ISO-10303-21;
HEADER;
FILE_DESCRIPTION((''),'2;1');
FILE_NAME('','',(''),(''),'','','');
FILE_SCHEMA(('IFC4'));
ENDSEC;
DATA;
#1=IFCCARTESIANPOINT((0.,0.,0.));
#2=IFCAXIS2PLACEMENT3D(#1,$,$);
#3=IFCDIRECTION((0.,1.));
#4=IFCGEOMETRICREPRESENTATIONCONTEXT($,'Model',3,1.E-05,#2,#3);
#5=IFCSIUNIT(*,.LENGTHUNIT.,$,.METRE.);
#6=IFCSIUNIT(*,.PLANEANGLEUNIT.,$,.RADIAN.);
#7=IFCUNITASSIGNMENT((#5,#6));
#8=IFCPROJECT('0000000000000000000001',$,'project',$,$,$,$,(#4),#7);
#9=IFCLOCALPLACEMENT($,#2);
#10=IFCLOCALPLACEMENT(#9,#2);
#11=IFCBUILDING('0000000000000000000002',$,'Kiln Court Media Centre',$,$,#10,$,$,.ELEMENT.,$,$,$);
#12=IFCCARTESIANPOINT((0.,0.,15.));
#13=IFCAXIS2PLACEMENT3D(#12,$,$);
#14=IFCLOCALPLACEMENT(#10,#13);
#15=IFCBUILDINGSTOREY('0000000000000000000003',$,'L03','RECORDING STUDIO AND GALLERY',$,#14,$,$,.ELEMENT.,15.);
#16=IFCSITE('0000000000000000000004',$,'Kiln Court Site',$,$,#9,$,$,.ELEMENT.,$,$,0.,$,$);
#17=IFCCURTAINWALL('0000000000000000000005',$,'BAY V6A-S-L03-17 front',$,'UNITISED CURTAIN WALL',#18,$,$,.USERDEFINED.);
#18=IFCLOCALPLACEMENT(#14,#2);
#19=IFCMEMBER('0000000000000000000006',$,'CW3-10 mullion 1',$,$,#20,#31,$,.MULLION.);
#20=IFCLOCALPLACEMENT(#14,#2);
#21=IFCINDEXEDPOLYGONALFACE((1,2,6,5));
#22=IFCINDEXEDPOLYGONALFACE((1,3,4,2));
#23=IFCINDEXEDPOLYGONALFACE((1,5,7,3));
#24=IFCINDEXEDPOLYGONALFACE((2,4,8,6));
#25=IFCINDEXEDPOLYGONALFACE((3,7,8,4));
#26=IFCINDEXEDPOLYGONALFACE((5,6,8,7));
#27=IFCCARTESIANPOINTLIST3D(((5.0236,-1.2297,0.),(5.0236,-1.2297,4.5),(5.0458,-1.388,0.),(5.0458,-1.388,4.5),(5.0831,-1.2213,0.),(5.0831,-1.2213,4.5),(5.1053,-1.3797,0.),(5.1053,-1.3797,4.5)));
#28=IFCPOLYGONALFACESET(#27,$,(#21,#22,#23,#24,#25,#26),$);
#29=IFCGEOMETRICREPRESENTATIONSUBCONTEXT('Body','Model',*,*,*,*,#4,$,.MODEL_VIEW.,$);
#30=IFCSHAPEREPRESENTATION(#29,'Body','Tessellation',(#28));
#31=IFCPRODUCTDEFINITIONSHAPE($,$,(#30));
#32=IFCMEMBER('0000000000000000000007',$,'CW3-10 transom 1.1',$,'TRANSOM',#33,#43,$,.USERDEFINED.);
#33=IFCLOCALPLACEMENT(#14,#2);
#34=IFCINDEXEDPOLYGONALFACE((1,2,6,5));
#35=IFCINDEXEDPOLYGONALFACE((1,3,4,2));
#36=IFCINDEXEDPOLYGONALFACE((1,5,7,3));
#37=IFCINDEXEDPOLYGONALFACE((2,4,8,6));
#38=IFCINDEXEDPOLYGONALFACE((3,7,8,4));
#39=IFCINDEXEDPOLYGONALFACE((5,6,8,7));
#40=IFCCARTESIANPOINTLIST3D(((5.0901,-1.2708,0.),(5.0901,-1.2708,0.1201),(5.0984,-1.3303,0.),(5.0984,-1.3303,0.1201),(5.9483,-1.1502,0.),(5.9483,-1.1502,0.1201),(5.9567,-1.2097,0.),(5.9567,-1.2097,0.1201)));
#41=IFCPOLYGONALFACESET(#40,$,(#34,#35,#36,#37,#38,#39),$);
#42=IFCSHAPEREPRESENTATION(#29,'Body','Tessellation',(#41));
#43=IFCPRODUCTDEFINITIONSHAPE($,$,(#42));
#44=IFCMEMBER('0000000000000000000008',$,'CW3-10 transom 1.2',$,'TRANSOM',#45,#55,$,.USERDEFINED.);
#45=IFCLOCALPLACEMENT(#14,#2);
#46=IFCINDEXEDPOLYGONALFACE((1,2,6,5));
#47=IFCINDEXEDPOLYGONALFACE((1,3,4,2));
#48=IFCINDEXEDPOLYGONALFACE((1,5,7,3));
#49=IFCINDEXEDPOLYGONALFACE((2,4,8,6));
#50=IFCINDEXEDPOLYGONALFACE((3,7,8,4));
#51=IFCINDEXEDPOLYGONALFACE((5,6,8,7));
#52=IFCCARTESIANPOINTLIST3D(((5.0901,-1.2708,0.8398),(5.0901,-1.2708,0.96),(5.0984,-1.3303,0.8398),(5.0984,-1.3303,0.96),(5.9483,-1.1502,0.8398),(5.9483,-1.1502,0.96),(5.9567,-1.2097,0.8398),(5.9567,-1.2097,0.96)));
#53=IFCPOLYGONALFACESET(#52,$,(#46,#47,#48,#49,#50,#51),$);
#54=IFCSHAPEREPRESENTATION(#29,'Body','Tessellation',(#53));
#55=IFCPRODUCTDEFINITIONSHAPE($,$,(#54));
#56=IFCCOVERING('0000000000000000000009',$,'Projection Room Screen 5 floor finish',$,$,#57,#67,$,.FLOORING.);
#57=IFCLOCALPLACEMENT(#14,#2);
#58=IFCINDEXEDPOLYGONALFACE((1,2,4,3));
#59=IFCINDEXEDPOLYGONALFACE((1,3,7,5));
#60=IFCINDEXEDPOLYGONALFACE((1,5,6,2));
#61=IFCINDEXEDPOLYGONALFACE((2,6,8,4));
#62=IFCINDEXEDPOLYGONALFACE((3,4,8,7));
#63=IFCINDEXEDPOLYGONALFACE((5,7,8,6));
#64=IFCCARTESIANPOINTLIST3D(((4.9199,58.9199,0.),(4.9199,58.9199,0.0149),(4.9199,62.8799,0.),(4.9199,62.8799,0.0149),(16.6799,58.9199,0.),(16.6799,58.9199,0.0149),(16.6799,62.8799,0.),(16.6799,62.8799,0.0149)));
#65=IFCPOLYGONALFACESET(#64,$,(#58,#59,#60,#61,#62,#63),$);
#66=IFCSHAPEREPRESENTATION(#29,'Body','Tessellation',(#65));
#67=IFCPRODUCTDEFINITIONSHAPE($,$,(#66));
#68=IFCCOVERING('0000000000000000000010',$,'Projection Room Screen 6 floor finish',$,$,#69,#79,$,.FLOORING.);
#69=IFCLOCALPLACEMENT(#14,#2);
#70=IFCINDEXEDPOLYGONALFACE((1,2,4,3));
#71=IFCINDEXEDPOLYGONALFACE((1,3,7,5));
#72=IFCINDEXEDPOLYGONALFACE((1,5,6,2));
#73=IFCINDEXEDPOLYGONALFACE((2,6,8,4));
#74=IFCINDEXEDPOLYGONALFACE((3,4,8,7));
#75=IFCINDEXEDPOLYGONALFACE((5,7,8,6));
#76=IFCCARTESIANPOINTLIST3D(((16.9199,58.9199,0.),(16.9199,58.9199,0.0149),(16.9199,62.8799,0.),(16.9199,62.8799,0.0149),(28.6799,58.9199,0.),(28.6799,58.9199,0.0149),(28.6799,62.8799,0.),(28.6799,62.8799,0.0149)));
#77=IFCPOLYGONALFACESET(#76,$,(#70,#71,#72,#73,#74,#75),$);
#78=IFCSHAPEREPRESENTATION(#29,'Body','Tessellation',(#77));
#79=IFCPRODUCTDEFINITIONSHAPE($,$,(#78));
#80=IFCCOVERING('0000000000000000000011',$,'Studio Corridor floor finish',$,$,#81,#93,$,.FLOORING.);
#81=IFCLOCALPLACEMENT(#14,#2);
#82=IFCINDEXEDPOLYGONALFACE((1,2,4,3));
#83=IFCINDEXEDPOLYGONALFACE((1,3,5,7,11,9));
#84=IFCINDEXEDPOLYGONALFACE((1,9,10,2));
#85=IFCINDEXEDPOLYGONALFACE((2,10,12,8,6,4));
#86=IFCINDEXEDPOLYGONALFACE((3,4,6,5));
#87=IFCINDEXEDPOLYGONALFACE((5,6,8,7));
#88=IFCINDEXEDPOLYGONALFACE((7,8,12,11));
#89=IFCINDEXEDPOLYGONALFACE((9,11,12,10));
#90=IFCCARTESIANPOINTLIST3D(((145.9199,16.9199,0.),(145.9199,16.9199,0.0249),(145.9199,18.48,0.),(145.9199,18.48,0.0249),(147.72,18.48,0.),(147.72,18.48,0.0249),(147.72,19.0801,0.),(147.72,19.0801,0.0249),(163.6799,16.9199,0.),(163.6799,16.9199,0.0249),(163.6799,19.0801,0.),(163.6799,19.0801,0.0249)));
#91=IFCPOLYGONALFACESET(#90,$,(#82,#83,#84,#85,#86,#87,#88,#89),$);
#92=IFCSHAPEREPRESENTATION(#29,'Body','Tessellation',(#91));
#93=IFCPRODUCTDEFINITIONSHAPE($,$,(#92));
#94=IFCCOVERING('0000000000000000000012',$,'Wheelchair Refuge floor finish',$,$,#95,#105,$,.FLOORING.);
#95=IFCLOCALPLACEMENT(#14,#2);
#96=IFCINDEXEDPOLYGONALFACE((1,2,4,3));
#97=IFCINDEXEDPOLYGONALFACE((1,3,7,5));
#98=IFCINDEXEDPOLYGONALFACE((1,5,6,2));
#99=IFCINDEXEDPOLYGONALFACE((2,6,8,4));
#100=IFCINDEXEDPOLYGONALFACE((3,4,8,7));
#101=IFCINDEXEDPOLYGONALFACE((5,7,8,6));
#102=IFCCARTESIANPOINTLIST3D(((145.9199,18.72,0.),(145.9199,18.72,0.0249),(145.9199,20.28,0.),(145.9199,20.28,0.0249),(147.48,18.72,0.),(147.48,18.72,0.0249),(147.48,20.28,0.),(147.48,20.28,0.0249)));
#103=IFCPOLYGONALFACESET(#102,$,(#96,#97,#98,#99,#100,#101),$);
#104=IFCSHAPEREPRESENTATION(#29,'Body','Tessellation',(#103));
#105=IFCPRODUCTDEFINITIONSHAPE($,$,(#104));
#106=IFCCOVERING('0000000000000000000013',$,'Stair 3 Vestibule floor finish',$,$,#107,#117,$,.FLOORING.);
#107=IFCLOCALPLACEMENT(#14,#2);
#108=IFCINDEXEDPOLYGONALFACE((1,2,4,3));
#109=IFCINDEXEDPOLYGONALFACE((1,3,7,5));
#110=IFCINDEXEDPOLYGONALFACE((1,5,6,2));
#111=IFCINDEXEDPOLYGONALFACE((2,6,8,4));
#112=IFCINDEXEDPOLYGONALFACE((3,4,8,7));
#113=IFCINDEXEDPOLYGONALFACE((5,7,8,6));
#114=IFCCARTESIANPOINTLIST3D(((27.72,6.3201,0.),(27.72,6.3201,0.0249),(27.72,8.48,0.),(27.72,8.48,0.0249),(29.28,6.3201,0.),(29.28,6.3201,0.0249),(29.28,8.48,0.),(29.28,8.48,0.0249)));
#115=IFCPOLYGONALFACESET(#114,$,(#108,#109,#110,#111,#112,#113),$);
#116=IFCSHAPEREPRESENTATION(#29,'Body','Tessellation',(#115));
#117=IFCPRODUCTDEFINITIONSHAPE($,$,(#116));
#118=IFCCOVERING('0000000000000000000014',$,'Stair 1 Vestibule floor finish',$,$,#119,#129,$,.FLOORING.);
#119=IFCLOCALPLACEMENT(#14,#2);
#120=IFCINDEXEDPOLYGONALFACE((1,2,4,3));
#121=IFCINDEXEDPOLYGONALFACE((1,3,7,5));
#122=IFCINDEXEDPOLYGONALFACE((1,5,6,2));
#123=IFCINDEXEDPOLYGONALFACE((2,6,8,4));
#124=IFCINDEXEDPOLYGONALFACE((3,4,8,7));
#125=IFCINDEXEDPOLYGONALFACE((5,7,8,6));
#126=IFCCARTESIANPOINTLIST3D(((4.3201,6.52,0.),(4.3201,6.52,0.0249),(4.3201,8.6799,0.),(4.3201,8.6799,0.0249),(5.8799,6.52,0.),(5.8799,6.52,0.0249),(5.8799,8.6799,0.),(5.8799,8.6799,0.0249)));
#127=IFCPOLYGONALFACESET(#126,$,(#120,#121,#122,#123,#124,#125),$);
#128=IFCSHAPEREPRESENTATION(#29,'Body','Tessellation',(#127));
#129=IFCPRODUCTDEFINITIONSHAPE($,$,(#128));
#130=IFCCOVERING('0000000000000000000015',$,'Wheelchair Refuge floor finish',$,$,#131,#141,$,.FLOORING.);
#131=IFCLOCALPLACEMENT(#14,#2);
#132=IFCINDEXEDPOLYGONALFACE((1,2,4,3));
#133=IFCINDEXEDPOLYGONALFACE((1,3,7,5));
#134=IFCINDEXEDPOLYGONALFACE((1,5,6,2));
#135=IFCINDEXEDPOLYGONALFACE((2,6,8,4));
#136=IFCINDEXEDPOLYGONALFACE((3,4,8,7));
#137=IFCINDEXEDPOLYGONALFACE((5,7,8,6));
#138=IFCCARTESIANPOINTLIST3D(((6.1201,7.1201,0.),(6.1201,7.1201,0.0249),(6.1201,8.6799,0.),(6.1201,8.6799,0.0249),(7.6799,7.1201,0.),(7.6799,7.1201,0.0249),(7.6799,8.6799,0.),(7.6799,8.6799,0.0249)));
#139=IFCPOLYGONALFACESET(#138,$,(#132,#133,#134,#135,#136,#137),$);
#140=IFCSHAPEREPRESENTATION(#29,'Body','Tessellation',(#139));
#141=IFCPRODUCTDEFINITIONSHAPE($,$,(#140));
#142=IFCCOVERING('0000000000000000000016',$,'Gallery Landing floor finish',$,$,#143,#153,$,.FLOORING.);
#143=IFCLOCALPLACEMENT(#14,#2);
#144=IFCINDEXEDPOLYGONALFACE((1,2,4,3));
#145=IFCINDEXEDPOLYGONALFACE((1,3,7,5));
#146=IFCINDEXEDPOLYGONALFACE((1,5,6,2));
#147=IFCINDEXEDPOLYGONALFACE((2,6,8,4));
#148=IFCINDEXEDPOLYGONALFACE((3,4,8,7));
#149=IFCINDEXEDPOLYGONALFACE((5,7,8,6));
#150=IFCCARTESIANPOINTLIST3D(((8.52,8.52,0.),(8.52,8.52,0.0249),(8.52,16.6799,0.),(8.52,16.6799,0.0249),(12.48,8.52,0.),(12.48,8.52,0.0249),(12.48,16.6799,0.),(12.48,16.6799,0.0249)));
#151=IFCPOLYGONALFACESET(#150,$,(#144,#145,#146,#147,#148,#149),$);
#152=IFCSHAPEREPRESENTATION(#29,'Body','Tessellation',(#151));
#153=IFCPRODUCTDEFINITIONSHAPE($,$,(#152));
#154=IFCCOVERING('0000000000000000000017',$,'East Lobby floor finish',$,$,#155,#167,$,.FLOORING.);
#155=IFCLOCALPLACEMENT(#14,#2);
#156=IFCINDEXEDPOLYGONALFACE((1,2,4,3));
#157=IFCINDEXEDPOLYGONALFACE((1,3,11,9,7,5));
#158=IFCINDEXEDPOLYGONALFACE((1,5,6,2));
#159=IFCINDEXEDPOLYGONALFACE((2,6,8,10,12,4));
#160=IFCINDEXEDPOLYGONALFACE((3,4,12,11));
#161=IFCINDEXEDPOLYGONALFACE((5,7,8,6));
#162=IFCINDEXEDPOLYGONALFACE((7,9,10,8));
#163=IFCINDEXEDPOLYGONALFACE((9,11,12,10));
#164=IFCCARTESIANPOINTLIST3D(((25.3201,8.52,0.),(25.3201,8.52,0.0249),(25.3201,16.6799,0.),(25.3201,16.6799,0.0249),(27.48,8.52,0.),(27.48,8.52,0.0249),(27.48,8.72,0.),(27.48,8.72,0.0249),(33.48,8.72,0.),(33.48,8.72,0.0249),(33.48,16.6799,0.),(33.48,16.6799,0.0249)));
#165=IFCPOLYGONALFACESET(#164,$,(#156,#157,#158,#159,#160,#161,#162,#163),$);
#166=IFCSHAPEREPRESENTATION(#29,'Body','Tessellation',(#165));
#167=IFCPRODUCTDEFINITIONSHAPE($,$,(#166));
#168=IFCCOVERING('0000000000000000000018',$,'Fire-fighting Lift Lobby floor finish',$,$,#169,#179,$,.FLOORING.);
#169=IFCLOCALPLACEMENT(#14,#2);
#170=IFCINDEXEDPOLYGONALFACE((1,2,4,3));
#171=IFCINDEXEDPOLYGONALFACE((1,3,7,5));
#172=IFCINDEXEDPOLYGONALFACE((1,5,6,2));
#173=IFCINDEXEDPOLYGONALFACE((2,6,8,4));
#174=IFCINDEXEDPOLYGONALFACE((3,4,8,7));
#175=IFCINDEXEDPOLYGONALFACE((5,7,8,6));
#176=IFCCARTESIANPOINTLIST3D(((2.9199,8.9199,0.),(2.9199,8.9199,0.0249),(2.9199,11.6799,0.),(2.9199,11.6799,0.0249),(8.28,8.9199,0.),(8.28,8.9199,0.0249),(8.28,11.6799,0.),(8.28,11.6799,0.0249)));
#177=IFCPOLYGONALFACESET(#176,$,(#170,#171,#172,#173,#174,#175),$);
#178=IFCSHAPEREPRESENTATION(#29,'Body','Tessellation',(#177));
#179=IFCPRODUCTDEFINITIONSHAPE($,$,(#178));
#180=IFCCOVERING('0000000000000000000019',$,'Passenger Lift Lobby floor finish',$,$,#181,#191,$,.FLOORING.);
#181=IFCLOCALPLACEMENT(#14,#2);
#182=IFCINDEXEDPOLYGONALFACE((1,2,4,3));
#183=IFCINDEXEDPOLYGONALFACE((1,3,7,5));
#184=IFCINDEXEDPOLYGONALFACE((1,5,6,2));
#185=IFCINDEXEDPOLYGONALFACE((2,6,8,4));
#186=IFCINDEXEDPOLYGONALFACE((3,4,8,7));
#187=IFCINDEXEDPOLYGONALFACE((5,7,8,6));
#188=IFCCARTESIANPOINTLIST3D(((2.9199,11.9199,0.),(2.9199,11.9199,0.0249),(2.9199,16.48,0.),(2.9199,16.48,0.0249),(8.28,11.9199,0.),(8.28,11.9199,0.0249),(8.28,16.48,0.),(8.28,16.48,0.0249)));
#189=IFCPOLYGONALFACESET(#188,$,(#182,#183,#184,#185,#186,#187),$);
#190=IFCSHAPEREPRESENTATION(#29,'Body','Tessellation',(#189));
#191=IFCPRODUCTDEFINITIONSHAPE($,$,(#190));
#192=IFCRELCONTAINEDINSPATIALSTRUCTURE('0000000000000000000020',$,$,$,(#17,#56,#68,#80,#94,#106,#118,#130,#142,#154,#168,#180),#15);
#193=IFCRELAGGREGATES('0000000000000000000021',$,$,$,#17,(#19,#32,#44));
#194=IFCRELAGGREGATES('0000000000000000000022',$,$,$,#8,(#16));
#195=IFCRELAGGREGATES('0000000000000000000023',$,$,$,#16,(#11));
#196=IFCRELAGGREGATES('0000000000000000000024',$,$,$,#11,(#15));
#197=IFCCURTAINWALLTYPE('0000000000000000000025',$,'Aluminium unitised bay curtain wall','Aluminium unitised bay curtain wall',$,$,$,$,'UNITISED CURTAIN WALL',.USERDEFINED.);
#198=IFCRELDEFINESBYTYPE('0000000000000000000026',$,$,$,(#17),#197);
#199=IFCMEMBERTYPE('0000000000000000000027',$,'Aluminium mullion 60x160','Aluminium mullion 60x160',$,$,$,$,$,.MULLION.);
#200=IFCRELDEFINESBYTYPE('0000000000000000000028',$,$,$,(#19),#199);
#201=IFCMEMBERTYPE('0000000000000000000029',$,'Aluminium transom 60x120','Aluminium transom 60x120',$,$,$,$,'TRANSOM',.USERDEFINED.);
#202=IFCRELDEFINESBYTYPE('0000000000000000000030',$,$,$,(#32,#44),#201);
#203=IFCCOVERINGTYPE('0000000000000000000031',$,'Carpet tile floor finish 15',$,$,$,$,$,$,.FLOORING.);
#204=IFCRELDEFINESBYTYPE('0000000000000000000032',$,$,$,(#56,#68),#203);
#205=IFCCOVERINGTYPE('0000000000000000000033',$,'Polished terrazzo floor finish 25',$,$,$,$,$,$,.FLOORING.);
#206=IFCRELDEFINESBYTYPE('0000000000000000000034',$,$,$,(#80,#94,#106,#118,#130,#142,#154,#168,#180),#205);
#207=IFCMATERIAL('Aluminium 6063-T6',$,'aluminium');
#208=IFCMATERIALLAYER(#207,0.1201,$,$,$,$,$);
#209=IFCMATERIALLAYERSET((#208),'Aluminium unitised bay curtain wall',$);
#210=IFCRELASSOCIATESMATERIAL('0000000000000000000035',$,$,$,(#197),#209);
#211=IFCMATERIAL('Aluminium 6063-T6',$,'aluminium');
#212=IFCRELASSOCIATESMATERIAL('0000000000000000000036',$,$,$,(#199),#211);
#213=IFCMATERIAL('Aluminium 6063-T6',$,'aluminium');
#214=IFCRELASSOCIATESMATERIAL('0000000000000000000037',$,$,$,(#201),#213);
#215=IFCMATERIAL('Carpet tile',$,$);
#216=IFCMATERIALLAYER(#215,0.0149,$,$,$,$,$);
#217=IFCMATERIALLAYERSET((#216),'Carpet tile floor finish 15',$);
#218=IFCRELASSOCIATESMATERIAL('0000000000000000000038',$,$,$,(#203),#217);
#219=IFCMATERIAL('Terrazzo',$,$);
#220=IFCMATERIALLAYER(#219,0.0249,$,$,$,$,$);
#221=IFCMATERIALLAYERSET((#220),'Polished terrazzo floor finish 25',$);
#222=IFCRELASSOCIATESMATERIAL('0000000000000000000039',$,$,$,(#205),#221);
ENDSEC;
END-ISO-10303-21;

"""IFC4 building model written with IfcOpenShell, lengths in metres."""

from ifc_helpers import new_model, si_unit, direction, frame, origin, origin_2d, place, context, subcontext, project, spatial, polyline, rectangle, outline, extrude, material, layer, layer_set, material_profile, profile_set, type_object, element, aggregate, save


model = new_model("IFC4")

# Units and contexts
model_context = context("Model", 3, precision=1e-05, world=origin(), true_north=direction((0.0, 1.0)))
body_context = subcontext(model_context, "Body", "Model", "MODEL_VIEW")
ifc_project = project(units=[si_unit("LENGTHUNIT", "METRE"), si_unit("PLANEANGLEUNIT", "RADIAN")], contexts=[model_context])

# Site, building, storey
site_placement = place(None, origin())
site = spatial("IfcSite", under=ifc_project, at=site_placement, Name="Kiln Court Site", CompositionType="ELEMENT", RefElevation=0.0)
building_placement = place(site_placement, origin())
building = spatial("IfcBuilding", under=site, at=building_placement, Name="Kiln Court Media Centre", CompositionType="ELEMENT")
storey_placement = place(building_placement, frame((0.0, 0.0, 15.0)))
storey = spatial("IfcBuildingStorey", under=building, at=storey_placement, Name="L03", Description="RECORDING STUDIO AND GALLERY", CompositionType="ELEMENT", Elevation=15.0)

# Curtain wall, members
ifc_material_1 = material(Name="Aluminium 6063-T6", Category="aluminium")
ifc_layer_1 = layer(ifc_material_1, 0.1201)
ifc_layer_set_1 = layer_set([ifc_layer_1], Name="Aluminium unitised bay curtain wall")
curtain_wall_type = type_object("IfcCurtainWallType", Name="Aluminium unitised bay curtain wall", Description="Aluminium unitised bay curtain wall", ElementType="UNITISED CURTAIN WALL", PredefinedType="USERDEFINED", material=ifc_layer_set_1)
curtain_wall_placement = place(storey_placement, origin())
curtain_wall = element("IfcCurtainWall", 1, at=curtain_wall_placement, inside=storey, type_object=curtain_wall_type, Name="BAY V6A-S-L03-17 front", ObjectType="UNITISED CURTAIN WALL", PredefinedType="USERDEFINED")
ifc_material_2 = material(Name="Aluminium 6063-T6", Category="aluminium")
ifc_material_profile_1 = material_profile(ifc_material_2, rectangle(XDim=0.0601, YDim=0.1599, at=origin_2d()), Name="Aluminium mullion 60x160")
ifc_profile_set_1 = profile_set([ifc_material_profile_1], Name="Aluminium 6063-T6")
member_type_1 = type_object("IfcMemberType", Name="Aluminium mullion 60x160", Description="Aluminium mullion 60x160", PredefinedType="MULLION", material=ifc_profile_set_1)
member_1_placement = place(storey_placement, frame((5.0645, -1.3047, 0.0), z_axis=(0.0, 0.0, 1.0), x_axis=(0.99027, 0.139162, 0.0)))
member_1 = element("IfcMember", 2, at=member_1_placement, type_object=member_type_1, Name="CW3-10 mullion 1", PredefinedType="MULLION", context=body_context, shape_type="SweptSolid", body=[
    extrude(rectangle(XDim=0.0601, YDim=0.1599, at=origin_2d()), origin(), (0.0, 0.0, 1.0), 4.5),
])
ifc_material_3 = material(Name="Aluminium 6063-T6", Category="aluminium")
ifc_material_profile_2 = material_profile(ifc_material_3, rectangle(XDim=0.0601, YDim=0.1201, at=origin_2d()), Name="Aluminium transom 60x120")
ifc_profile_set_2 = profile_set([ifc_material_profile_2], Name="Aluminium 6063-T6")
member_type_2 = type_object("IfcMemberType", Name="Aluminium transom 60x120", Description="Aluminium transom 60x120", ElementType="TRANSOM", PredefinedType="USERDEFINED", material=ifc_profile_set_2)
member_2_placement = place(storey_placement, frame((5.0942, -1.3005, 0.0601), z_axis=(0.990268, 0.139173, 0.0), x_axis=(-0.139173, 0.990268, 0.0)))
member_2 = element("IfcMember", 3, at=member_2_placement, type_object=member_type_2, Name="CW3-10 transom 1.1", ObjectType="TRANSOM", PredefinedType="USERDEFINED", context=body_context, shape_type="SweptSolid", body=[
    extrude(rectangle(XDim=0.0601, YDim=0.1201, at=origin_2d()), origin(), (0.0, 0.0, 1.0), 0.8667),
])
member_3_placement = place(storey_placement, frame((5.0942, -1.3005, 0.8999), z_axis=(0.990268, 0.139173, 0.0), x_axis=(-0.139173, 0.990268, 0.0)))
member_3 = element("IfcMember", 4, at=member_3_placement, type_object=member_type_2, Name="CW3-10 transom 1.2", ObjectType="TRANSOM", PredefinedType="USERDEFINED", context=body_context, shape_type="SweptSolid", body=[
    extrude(rectangle(XDim=0.0601, YDim=0.1201, at=origin_2d()), origin(), (0.0, 0.0, 1.0), 0.8667),
])
aggregate(curtain_wall, [member_1, member_2, member_3])

# Coverings
ifc_material_4 = material(Name="Carpet tile")
ifc_layer_2 = layer(ifc_material_4, 0.0149)
ifc_layer_set_2 = layer_set([ifc_layer_2], Name="Carpet tile floor finish 15")
covering_type_1 = type_object("IfcCoveringType", Name="Carpet tile floor finish 15", PredefinedType="FLOORING", material=ifc_layer_set_2)
covering_1_placement = place(storey_placement, origin())
element("IfcCovering", 5, at=covering_1_placement, inside=storey, type_object=covering_type_1, Name="Projection Room Screen 5 floor finish", PredefinedType="FLOORING", context=body_context, shape_type="SweptSolid", body=[
    extrude(outline(polyline([(16.6799, 62.8799), (4.9199, 62.8799), (4.9199, 58.9199), (16.6799, 58.9199), (16.6799, 62.8799)])), origin(), (0.0, 0.0, 1.0), 0.0149),
])
covering_2_placement = place(storey_placement, origin())
element("IfcCovering", 6, at=covering_2_placement, inside=storey, type_object=covering_type_1, Name="Projection Room Screen 6 floor finish", PredefinedType="FLOORING", context=body_context, shape_type="SweptSolid", body=[
    extrude(outline(polyline([(16.9199, 58.9199), (28.6799, 58.9199), (28.6799, 62.8799), (16.9199, 62.8799), (16.9199, 58.9199)])), origin(), (0.0, 0.0, 1.0), 0.0149),
])
ifc_material_5 = material(Name="Terrazzo")
ifc_layer_3 = layer(ifc_material_5, 0.0249)
ifc_layer_set_3 = layer_set([ifc_layer_3], Name="Polished terrazzo floor finish 25")
covering_type_2 = type_object("IfcCoveringType", Name="Polished terrazzo floor finish 25", PredefinedType="FLOORING", material=ifc_layer_set_3)
covering_3_placement = place(storey_placement, origin())
element("IfcCovering", 7, at=covering_3_placement, inside=storey, type_object=covering_type_2, Name="Studio Corridor floor finish", PredefinedType="FLOORING", context=body_context, shape_type="SweptSolid", body=[
    extrude(outline(polyline([(163.6799, 19.0801), (147.72, 19.0801), (147.72, 18.48), (145.9199, 18.48), (145.9199, 16.9199), (163.6799, 16.9199), (163.6799, 19.0801)])), origin(), (0.0, 0.0, 1.0), 0.0249),
])
covering_4_placement = place(storey_placement, origin())
element("IfcCovering", 8, at=covering_4_placement, inside=storey, type_object=covering_type_2, Name="Wheelchair Refuge floor finish", PredefinedType="FLOORING", context=body_context, shape_type="SweptSolid", body=[
    extrude(outline(polyline([(145.9199, 18.72), (147.48, 18.72), (147.48, 20.28), (145.9199, 20.28), (145.9199, 18.72)])), origin(), (0.0, 0.0, 1.0), 0.0249),
])
covering_5_placement = place(storey_placement, origin())
element("IfcCovering", 9, at=covering_5_placement, inside=storey, type_object=covering_type_2, Name="Stair 3 Vestibule floor finish", PredefinedType="FLOORING", context=body_context, shape_type="SweptSolid", body=[
    extrude(outline(polyline([(27.72, 6.3201), (29.28, 6.3201), (29.28, 8.48), (27.72, 8.48), (27.72, 6.3201)])), origin(), (0.0, 0.0, 1.0), 0.0249),
])
covering_6_placement = place(storey_placement, origin())
element("IfcCovering", 10, at=covering_6_placement, inside=storey, type_object=covering_type_2, Name="Stair 1 Vestibule floor finish", PredefinedType="FLOORING", context=body_context, shape_type="SweptSolid", body=[
    extrude(outline(polyline([(4.3201, 6.52), (5.8799, 6.52), (5.8799, 8.6799), (4.3201, 8.6799), (4.3201, 6.52)])), origin(), (0.0, 0.0, 1.0), 0.0249),
])
covering_7_placement = place(storey_placement, origin())
element("IfcCovering", 11, at=covering_7_placement, inside=storey, type_object=covering_type_2, Name="Wheelchair Refuge floor finish", PredefinedType="FLOORING", context=body_context, shape_type="SweptSolid", body=[
    extrude(outline(polyline([(6.1201, 7.1201), (7.6799, 7.1201), (7.6799, 8.6799), (6.1201, 8.6799), (6.1201, 7.1201)])), origin(), (0.0, 0.0, 1.0), 0.0249),
])
covering_8_placement = place(storey_placement, origin())
element("IfcCovering", 12, at=covering_8_placement, inside=storey, type_object=covering_type_2, Name="Gallery Landing floor finish", PredefinedType="FLOORING", context=body_context, shape_type="SweptSolid", body=[
    extrude(outline(polyline([(8.52, 8.52), (12.48, 8.52), (12.48, 16.6799), (8.52, 16.6799), (8.52, 8.52)])), origin(), (0.0, 0.0, 1.0), 0.0249),
])
covering_9_placement = place(storey_placement, origin())
element("IfcCovering", 13, at=covering_9_placement, inside=storey, type_object=covering_type_2, Name="East Lobby floor finish", PredefinedType="FLOORING", context=body_context, shape_type="SweptSolid", body=[
    extrude(outline(polyline([(25.3201, 8.52), (27.48, 8.52), (27.48, 8.72), (33.48, 8.72), (33.48, 16.6799), (25.3201, 16.6799), (25.3201, 8.52)])), origin(), (0.0, 0.0, 1.0), 0.0249),
])
covering_10_placement = place(storey_placement, origin())
element("IfcCovering", 14, at=covering_10_placement, inside=storey, type_object=covering_type_2, Name="Fire-fighting Lift Lobby floor finish", PredefinedType="FLOORING", context=body_context, shape_type="SweptSolid", body=[
    extrude(outline(polyline([(2.9199, 8.9199), (8.28, 8.9199), (8.28, 11.6799), (2.9199, 11.6799), (2.9199, 8.9199)])), origin(), (0.0, 0.0, 1.0), 0.0249),
])
covering_11_placement = place(storey_placement, origin())
element("IfcCovering", 15, at=covering_11_placement, inside=storey, type_object=covering_type_2, Name="Passenger Lift Lobby floor finish", PredefinedType="FLOORING", context=body_context, shape_type="SweptSolid", body=[
    extrude(outline(polyline([(2.9199, 11.9199), (8.28, 11.9199), (8.28, 16.48), (2.9199, 16.48), (2.9199, 11.9199)])), origin(), (0.0, 0.0, 1.0), 0.0249),
])

save(model, "model.ifc")
